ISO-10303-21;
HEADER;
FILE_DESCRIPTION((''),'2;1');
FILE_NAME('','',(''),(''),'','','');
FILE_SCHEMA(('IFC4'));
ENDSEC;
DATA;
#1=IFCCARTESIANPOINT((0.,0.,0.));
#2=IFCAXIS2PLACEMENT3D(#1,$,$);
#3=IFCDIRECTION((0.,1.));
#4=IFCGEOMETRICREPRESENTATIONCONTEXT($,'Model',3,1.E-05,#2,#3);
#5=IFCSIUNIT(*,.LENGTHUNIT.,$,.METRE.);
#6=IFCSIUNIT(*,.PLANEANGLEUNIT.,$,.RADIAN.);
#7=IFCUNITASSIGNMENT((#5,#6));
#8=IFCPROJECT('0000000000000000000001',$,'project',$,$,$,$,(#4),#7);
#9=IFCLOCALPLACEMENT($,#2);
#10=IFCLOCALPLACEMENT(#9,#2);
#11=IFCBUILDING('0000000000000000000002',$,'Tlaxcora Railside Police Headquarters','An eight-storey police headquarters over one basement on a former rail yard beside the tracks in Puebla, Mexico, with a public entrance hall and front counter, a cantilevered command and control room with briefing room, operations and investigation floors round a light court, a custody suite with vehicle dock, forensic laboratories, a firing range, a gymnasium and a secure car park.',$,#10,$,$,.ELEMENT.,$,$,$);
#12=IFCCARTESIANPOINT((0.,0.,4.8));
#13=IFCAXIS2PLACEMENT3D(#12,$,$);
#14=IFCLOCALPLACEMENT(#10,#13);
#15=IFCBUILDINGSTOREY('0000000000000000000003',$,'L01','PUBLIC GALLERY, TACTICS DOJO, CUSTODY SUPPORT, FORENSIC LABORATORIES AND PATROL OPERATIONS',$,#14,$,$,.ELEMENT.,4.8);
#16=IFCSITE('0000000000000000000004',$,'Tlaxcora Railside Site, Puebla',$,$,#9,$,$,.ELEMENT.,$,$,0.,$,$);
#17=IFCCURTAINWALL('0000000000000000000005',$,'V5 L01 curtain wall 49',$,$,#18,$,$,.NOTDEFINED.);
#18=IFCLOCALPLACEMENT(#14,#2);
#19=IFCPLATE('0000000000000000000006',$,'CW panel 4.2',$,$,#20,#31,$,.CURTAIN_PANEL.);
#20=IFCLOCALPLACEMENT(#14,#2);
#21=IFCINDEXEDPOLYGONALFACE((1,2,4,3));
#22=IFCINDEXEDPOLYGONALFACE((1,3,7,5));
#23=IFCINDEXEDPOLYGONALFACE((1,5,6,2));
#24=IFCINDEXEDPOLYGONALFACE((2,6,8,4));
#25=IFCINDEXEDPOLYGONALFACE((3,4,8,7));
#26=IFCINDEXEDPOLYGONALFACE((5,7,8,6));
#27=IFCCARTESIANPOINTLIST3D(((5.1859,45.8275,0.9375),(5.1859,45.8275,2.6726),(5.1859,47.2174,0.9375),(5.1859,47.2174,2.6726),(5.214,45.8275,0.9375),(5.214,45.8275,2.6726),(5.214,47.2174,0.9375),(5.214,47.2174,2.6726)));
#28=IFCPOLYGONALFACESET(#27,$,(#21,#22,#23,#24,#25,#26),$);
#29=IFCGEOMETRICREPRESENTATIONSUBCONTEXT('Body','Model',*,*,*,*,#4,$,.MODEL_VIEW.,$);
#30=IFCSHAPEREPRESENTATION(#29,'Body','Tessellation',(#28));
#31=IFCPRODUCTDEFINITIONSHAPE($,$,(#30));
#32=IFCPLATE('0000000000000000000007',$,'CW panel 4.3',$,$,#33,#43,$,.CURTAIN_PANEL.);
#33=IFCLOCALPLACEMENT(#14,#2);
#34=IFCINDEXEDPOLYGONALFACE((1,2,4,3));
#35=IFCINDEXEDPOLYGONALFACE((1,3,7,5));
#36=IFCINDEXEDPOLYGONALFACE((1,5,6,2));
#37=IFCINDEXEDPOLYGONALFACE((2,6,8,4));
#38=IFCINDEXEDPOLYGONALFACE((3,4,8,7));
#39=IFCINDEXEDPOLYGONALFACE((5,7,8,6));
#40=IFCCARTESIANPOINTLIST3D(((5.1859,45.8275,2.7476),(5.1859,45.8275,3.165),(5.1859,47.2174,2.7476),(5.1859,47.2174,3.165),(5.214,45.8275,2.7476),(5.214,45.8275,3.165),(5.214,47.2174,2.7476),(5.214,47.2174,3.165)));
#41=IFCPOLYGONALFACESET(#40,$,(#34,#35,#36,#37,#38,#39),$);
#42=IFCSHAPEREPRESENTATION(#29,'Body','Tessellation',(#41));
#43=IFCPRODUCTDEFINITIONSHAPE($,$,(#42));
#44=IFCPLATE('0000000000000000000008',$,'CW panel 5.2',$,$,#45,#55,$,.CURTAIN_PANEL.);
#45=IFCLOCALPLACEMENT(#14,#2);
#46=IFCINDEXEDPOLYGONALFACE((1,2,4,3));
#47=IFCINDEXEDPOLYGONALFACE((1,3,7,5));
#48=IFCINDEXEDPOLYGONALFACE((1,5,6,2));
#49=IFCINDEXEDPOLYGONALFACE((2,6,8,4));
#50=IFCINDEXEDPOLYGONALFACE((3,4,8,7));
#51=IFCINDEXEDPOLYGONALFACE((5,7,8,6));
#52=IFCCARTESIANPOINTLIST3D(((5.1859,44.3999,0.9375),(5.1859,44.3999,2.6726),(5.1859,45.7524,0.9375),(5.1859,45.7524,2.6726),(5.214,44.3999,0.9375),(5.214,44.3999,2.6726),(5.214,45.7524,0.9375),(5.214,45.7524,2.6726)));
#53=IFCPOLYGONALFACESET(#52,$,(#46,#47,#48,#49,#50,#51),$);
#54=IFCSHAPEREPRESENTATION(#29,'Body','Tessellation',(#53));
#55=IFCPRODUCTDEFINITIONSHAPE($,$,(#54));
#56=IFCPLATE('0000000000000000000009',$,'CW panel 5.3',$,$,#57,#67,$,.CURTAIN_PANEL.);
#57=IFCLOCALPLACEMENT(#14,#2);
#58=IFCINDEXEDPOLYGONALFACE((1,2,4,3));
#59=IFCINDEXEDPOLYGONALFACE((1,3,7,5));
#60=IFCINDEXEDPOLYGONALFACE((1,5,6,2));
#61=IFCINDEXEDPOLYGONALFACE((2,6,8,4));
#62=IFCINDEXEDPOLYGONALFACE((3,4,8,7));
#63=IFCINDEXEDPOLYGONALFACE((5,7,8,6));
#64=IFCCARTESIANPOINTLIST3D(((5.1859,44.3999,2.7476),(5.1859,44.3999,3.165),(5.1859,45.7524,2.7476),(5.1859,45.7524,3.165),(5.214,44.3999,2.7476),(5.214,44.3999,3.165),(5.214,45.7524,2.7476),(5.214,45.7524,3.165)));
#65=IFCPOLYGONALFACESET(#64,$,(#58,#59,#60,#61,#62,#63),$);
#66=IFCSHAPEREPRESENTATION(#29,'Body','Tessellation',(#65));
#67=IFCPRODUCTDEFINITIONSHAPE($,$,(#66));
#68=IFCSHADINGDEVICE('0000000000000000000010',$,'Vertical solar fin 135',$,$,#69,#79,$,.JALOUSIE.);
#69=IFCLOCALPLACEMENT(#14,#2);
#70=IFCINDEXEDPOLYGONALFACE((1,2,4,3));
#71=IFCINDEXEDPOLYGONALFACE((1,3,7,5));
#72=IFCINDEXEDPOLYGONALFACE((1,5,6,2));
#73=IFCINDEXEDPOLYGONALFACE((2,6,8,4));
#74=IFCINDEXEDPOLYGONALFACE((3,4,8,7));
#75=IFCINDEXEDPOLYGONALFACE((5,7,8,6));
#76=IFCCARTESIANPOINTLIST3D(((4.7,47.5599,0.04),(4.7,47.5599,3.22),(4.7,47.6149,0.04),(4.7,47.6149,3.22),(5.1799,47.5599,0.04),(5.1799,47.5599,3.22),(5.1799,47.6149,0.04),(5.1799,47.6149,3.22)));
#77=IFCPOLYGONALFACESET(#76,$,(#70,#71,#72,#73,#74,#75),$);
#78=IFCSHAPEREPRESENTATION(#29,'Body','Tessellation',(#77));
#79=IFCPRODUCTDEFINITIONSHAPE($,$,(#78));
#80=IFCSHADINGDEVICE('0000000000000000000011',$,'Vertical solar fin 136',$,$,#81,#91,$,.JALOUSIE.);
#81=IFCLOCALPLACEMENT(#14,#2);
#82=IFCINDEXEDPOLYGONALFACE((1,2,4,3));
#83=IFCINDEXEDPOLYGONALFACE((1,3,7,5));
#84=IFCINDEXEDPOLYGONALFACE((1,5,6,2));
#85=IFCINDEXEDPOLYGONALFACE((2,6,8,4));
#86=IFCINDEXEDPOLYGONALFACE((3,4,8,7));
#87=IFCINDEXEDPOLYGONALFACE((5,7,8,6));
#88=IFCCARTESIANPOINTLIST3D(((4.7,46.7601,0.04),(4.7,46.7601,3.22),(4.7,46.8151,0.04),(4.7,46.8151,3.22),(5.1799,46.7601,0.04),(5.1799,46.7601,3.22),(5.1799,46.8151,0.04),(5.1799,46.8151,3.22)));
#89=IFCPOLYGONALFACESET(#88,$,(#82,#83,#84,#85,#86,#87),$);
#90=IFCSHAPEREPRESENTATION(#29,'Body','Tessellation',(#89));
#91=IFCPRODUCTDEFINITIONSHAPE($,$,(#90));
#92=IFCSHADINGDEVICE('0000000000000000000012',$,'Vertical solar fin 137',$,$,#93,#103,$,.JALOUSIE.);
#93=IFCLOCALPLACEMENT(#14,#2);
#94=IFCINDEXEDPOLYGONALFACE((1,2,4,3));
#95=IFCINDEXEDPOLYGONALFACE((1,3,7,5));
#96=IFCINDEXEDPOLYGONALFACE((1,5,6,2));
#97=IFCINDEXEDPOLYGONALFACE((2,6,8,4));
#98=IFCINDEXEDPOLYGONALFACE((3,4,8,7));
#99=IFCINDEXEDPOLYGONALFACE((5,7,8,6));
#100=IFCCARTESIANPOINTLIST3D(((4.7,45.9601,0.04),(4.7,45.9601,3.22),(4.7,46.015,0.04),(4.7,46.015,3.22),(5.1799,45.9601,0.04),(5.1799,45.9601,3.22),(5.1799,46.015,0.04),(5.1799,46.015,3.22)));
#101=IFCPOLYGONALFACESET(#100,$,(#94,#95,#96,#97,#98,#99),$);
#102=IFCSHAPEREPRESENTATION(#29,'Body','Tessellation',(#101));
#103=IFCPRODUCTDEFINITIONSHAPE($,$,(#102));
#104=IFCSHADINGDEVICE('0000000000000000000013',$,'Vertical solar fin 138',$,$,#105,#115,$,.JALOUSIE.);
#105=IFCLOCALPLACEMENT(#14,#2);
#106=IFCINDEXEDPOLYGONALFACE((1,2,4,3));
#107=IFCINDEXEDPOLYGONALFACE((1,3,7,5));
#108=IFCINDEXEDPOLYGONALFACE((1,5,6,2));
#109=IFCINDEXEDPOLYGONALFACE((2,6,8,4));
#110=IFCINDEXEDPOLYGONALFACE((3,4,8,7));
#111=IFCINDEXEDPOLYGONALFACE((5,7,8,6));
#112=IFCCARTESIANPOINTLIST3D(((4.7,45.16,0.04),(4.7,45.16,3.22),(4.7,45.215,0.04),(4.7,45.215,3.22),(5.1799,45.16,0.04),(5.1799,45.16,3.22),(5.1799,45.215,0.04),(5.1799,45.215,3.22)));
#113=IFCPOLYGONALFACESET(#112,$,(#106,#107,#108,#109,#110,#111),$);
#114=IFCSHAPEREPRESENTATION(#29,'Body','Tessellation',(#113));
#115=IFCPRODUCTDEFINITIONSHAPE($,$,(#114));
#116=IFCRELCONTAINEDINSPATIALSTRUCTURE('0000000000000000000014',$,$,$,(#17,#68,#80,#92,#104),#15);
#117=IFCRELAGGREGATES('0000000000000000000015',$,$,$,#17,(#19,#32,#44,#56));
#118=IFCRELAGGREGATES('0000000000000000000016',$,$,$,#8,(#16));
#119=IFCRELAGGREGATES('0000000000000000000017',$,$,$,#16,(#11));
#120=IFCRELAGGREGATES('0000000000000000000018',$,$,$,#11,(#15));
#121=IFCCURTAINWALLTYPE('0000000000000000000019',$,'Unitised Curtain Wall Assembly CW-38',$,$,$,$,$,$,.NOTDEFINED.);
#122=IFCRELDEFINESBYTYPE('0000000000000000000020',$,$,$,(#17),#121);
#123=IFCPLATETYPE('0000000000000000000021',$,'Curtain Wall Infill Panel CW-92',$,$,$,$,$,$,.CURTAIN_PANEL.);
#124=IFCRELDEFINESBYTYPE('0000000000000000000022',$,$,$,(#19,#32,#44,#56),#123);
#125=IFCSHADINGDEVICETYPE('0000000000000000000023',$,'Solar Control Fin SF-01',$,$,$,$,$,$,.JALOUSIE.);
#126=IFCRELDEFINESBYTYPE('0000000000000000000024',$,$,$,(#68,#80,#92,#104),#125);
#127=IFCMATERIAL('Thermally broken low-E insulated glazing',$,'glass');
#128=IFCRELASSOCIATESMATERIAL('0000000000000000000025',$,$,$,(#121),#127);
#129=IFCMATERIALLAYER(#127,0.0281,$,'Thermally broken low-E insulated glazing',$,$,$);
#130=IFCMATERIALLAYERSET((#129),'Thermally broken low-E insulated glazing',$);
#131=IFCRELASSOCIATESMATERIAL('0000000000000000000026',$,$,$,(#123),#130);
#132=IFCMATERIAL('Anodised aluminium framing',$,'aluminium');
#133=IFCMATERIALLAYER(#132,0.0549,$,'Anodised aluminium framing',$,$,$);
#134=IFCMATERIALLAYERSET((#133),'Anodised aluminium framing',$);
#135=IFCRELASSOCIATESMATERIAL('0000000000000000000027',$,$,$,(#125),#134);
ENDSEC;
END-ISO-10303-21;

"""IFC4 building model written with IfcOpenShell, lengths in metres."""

from ifc_helpers import new_model, si_unit, direction, frame, origin, origin_2d, place, context, subcontext, project, spatial, rectangle, extrude, material, layer, layer_set, type_object, element, aggregate, save


model = new_model("IFC4")

# Units and contexts
model_context = context("Model", 3, precision=1e-05, world=origin(), true_north=direction((0.0, 1.0)))
body_context = subcontext(model_context, "Body", "Model", "MODEL_VIEW")
ifc_project = project(units=[si_unit("LENGTHUNIT", "METRE"), si_unit("PLANEANGLEUNIT", "RADIAN")], contexts=[model_context])

# Site, building, storey
site_placement = place(None, origin())
site = spatial("IfcSite", under=ifc_project, at=site_placement, Name="Tlaxcora Railside Site, Puebla", CompositionType="ELEMENT", RefElevation=0.0)
building_placement = place(site_placement, origin())
building = spatial("IfcBuilding", under=site, at=building_placement, Name="Tlaxcora Railside Police Headquarters", Description="An eight-storey police headquarters over one basement on a former rail yard beside the tracks in Puebla, Mexico, with a public entrance hall and front counter, a cantilevered command and control room with briefing room, operations and investigation floors round a light court, a custody suite with vehicle dock, forensic laboratories, a firing range, a gymnasium and a secure car park.", CompositionType="ELEMENT")
storey_placement = place(building_placement, frame((0.0, 0.0, 4.8)))
storey = spatial("IfcBuildingStorey", under=building, at=storey_placement, Name="L01", Description="PUBLIC GALLERY, TACTICS DOJO, CUSTODY SUPPORT, FORENSIC LABORATORIES AND PATROL OPERATIONS", CompositionType="ELEMENT", Elevation=4.8)

# Curtain wall, plates
ifc_material_1 = material(Name="Thermally broken low-E insulated glazing", Category="glass")
curtain_wall_type = type_object("IfcCurtainWallType", Name="Unitised Curtain Wall Assembly CW-38", PredefinedType="NOTDEFINED", material=ifc_material_1)
curtain_wall_placement = place(storey_placement, origin())
curtain_wall = element("IfcCurtainWall", 1, at=curtain_wall_placement, inside=storey, type_object=curtain_wall_type, Name="V5 L01 curtain wall 49", PredefinedType="NOTDEFINED")
ifc_material_2 = material(Name="Anodised aluminium framing", Category="aluminium")
ifc_layer_1 = layer(ifc_material_1, 0.0281, Name="Thermally broken low-E insulated glazing")
ifc_layer_set_1 = layer_set([ifc_layer_1], Name="Thermally broken low-E insulated glazing")
plate_type = type_object("IfcPlateType", Name="Curtain Wall Infill Panel CW-92", PredefinedType="CURTAIN_PANEL", material=ifc_layer_set_1)
plate_1_placement = place(storey_placement, frame((5.2, 46.5225, 0.9375), z_axis=(0.0, 0.0, 1.0), x_axis=(0.0, -1.0, 0.0)))
plate_1 = element("IfcPlate", 2, at=plate_1_placement, type_object=plate_type, Name="CW panel 4.2", PredefinedType="CURTAIN_PANEL", context=body_context, shape_type="SweptSolid", body=[
    extrude(rectangle(XDim=1.3899, YDim=0.0281, at=origin_2d()), origin(), (0.0, 0.0, 1.0), 1.7351),
])
plate_2_placement = place(storey_placement, frame((5.2, 46.5225, 2.7476), z_axis=(0.0, 0.0, 1.0), x_axis=(0.0, -1.0, 0.0)))
plate_2 = element("IfcPlate", 3, at=plate_2_placement, type_object=plate_type, Name="CW panel 4.3", PredefinedType="CURTAIN_PANEL", context=body_context, shape_type="SweptSolid", body=[
    extrude(rectangle(XDim=1.3899, YDim=0.0281, at=origin_2d()), origin(), (0.0, 0.0, 1.0), 0.4175),
])
plate_3_placement = place(storey_placement, frame((5.2, 45.0762, 0.9375), z_axis=(0.0, 0.0, 1.0), x_axis=(0.0, -1.0, 0.0)))
plate_3 = element("IfcPlate", 4, at=plate_3_placement, type_object=plate_type, Name="CW panel 5.2", PredefinedType="CURTAIN_PANEL", context=body_context, shape_type="SweptSolid", body=[
    extrude(rectangle(XDim=1.3525, YDim=0.0281, at=origin_2d()), origin(), (0.0, 0.0, 1.0), 1.7351),
])
plate_4_placement = place(storey_placement, frame((5.2, 45.0762, 2.7476), z_axis=(0.0, 0.0, 1.0), x_axis=(0.0, -1.0, 0.0)))
plate_4 = element("IfcPlate", 5, at=plate_4_placement, type_object=plate_type, Name="CW panel 5.3", PredefinedType="CURTAIN_PANEL", context=body_context, shape_type="SweptSolid", body=[
    extrude(rectangle(XDim=1.3525, YDim=0.0281, at=origin_2d()), origin(), (0.0, 0.0, 1.0), 0.4175),
])
aggregate(curtain_wall, [plate_1, plate_2, plate_3, plate_4])

# Shading devices
ifc_layer_2 = layer(ifc_material_2, 0.0549, Name="Anodised aluminium framing")
ifc_layer_set_2 = layer_set([ifc_layer_2], Name="Anodised aluminium framing")
shading_device_type = type_object("IfcShadingDeviceType", Name="Solar Control Fin SF-01", PredefinedType="JALOUSIE", material=ifc_layer_set_2)
for number, where, z_axis, x_axis, name in (
    (6, (4.9399, 47.5874, 0.04), (0.0, 0.0, 1.0), (-1.0, 0.0, 0.0), "Vertical solar fin 135"),
    (7, (4.9399, 46.7876, 0.04), (0.0, 0.0, 1.0), (-1.0, 0.0, 0.0), "Vertical solar fin 136"),
    (8, (4.9399, 45.9875, 0.04), (0.0, 0.0, 1.0), (-1.0, 0.0, 0.0), "Vertical solar fin 137"),
    (9, (4.9399, 45.1875, 0.04), (0.0, 0.0, 1.0), (-1.0, 0.0, 0.0), "Vertical solar fin 138"),
):
    element("IfcShadingDevice", number, at=place(storey_placement, frame(where, z_axis=z_axis, x_axis=x_axis)), inside=storey, type_object=shading_device_type, Name=name, PredefinedType="JALOUSIE", context=body_context, shape_type="SweptSolid", body=[
        extrude(rectangle(XDim=0.48, YDim=0.0549, at=origin_2d()), origin(), (0.0, 0.0, 1.0), 3.1799),
    ])

save(model, "model.ifc")
